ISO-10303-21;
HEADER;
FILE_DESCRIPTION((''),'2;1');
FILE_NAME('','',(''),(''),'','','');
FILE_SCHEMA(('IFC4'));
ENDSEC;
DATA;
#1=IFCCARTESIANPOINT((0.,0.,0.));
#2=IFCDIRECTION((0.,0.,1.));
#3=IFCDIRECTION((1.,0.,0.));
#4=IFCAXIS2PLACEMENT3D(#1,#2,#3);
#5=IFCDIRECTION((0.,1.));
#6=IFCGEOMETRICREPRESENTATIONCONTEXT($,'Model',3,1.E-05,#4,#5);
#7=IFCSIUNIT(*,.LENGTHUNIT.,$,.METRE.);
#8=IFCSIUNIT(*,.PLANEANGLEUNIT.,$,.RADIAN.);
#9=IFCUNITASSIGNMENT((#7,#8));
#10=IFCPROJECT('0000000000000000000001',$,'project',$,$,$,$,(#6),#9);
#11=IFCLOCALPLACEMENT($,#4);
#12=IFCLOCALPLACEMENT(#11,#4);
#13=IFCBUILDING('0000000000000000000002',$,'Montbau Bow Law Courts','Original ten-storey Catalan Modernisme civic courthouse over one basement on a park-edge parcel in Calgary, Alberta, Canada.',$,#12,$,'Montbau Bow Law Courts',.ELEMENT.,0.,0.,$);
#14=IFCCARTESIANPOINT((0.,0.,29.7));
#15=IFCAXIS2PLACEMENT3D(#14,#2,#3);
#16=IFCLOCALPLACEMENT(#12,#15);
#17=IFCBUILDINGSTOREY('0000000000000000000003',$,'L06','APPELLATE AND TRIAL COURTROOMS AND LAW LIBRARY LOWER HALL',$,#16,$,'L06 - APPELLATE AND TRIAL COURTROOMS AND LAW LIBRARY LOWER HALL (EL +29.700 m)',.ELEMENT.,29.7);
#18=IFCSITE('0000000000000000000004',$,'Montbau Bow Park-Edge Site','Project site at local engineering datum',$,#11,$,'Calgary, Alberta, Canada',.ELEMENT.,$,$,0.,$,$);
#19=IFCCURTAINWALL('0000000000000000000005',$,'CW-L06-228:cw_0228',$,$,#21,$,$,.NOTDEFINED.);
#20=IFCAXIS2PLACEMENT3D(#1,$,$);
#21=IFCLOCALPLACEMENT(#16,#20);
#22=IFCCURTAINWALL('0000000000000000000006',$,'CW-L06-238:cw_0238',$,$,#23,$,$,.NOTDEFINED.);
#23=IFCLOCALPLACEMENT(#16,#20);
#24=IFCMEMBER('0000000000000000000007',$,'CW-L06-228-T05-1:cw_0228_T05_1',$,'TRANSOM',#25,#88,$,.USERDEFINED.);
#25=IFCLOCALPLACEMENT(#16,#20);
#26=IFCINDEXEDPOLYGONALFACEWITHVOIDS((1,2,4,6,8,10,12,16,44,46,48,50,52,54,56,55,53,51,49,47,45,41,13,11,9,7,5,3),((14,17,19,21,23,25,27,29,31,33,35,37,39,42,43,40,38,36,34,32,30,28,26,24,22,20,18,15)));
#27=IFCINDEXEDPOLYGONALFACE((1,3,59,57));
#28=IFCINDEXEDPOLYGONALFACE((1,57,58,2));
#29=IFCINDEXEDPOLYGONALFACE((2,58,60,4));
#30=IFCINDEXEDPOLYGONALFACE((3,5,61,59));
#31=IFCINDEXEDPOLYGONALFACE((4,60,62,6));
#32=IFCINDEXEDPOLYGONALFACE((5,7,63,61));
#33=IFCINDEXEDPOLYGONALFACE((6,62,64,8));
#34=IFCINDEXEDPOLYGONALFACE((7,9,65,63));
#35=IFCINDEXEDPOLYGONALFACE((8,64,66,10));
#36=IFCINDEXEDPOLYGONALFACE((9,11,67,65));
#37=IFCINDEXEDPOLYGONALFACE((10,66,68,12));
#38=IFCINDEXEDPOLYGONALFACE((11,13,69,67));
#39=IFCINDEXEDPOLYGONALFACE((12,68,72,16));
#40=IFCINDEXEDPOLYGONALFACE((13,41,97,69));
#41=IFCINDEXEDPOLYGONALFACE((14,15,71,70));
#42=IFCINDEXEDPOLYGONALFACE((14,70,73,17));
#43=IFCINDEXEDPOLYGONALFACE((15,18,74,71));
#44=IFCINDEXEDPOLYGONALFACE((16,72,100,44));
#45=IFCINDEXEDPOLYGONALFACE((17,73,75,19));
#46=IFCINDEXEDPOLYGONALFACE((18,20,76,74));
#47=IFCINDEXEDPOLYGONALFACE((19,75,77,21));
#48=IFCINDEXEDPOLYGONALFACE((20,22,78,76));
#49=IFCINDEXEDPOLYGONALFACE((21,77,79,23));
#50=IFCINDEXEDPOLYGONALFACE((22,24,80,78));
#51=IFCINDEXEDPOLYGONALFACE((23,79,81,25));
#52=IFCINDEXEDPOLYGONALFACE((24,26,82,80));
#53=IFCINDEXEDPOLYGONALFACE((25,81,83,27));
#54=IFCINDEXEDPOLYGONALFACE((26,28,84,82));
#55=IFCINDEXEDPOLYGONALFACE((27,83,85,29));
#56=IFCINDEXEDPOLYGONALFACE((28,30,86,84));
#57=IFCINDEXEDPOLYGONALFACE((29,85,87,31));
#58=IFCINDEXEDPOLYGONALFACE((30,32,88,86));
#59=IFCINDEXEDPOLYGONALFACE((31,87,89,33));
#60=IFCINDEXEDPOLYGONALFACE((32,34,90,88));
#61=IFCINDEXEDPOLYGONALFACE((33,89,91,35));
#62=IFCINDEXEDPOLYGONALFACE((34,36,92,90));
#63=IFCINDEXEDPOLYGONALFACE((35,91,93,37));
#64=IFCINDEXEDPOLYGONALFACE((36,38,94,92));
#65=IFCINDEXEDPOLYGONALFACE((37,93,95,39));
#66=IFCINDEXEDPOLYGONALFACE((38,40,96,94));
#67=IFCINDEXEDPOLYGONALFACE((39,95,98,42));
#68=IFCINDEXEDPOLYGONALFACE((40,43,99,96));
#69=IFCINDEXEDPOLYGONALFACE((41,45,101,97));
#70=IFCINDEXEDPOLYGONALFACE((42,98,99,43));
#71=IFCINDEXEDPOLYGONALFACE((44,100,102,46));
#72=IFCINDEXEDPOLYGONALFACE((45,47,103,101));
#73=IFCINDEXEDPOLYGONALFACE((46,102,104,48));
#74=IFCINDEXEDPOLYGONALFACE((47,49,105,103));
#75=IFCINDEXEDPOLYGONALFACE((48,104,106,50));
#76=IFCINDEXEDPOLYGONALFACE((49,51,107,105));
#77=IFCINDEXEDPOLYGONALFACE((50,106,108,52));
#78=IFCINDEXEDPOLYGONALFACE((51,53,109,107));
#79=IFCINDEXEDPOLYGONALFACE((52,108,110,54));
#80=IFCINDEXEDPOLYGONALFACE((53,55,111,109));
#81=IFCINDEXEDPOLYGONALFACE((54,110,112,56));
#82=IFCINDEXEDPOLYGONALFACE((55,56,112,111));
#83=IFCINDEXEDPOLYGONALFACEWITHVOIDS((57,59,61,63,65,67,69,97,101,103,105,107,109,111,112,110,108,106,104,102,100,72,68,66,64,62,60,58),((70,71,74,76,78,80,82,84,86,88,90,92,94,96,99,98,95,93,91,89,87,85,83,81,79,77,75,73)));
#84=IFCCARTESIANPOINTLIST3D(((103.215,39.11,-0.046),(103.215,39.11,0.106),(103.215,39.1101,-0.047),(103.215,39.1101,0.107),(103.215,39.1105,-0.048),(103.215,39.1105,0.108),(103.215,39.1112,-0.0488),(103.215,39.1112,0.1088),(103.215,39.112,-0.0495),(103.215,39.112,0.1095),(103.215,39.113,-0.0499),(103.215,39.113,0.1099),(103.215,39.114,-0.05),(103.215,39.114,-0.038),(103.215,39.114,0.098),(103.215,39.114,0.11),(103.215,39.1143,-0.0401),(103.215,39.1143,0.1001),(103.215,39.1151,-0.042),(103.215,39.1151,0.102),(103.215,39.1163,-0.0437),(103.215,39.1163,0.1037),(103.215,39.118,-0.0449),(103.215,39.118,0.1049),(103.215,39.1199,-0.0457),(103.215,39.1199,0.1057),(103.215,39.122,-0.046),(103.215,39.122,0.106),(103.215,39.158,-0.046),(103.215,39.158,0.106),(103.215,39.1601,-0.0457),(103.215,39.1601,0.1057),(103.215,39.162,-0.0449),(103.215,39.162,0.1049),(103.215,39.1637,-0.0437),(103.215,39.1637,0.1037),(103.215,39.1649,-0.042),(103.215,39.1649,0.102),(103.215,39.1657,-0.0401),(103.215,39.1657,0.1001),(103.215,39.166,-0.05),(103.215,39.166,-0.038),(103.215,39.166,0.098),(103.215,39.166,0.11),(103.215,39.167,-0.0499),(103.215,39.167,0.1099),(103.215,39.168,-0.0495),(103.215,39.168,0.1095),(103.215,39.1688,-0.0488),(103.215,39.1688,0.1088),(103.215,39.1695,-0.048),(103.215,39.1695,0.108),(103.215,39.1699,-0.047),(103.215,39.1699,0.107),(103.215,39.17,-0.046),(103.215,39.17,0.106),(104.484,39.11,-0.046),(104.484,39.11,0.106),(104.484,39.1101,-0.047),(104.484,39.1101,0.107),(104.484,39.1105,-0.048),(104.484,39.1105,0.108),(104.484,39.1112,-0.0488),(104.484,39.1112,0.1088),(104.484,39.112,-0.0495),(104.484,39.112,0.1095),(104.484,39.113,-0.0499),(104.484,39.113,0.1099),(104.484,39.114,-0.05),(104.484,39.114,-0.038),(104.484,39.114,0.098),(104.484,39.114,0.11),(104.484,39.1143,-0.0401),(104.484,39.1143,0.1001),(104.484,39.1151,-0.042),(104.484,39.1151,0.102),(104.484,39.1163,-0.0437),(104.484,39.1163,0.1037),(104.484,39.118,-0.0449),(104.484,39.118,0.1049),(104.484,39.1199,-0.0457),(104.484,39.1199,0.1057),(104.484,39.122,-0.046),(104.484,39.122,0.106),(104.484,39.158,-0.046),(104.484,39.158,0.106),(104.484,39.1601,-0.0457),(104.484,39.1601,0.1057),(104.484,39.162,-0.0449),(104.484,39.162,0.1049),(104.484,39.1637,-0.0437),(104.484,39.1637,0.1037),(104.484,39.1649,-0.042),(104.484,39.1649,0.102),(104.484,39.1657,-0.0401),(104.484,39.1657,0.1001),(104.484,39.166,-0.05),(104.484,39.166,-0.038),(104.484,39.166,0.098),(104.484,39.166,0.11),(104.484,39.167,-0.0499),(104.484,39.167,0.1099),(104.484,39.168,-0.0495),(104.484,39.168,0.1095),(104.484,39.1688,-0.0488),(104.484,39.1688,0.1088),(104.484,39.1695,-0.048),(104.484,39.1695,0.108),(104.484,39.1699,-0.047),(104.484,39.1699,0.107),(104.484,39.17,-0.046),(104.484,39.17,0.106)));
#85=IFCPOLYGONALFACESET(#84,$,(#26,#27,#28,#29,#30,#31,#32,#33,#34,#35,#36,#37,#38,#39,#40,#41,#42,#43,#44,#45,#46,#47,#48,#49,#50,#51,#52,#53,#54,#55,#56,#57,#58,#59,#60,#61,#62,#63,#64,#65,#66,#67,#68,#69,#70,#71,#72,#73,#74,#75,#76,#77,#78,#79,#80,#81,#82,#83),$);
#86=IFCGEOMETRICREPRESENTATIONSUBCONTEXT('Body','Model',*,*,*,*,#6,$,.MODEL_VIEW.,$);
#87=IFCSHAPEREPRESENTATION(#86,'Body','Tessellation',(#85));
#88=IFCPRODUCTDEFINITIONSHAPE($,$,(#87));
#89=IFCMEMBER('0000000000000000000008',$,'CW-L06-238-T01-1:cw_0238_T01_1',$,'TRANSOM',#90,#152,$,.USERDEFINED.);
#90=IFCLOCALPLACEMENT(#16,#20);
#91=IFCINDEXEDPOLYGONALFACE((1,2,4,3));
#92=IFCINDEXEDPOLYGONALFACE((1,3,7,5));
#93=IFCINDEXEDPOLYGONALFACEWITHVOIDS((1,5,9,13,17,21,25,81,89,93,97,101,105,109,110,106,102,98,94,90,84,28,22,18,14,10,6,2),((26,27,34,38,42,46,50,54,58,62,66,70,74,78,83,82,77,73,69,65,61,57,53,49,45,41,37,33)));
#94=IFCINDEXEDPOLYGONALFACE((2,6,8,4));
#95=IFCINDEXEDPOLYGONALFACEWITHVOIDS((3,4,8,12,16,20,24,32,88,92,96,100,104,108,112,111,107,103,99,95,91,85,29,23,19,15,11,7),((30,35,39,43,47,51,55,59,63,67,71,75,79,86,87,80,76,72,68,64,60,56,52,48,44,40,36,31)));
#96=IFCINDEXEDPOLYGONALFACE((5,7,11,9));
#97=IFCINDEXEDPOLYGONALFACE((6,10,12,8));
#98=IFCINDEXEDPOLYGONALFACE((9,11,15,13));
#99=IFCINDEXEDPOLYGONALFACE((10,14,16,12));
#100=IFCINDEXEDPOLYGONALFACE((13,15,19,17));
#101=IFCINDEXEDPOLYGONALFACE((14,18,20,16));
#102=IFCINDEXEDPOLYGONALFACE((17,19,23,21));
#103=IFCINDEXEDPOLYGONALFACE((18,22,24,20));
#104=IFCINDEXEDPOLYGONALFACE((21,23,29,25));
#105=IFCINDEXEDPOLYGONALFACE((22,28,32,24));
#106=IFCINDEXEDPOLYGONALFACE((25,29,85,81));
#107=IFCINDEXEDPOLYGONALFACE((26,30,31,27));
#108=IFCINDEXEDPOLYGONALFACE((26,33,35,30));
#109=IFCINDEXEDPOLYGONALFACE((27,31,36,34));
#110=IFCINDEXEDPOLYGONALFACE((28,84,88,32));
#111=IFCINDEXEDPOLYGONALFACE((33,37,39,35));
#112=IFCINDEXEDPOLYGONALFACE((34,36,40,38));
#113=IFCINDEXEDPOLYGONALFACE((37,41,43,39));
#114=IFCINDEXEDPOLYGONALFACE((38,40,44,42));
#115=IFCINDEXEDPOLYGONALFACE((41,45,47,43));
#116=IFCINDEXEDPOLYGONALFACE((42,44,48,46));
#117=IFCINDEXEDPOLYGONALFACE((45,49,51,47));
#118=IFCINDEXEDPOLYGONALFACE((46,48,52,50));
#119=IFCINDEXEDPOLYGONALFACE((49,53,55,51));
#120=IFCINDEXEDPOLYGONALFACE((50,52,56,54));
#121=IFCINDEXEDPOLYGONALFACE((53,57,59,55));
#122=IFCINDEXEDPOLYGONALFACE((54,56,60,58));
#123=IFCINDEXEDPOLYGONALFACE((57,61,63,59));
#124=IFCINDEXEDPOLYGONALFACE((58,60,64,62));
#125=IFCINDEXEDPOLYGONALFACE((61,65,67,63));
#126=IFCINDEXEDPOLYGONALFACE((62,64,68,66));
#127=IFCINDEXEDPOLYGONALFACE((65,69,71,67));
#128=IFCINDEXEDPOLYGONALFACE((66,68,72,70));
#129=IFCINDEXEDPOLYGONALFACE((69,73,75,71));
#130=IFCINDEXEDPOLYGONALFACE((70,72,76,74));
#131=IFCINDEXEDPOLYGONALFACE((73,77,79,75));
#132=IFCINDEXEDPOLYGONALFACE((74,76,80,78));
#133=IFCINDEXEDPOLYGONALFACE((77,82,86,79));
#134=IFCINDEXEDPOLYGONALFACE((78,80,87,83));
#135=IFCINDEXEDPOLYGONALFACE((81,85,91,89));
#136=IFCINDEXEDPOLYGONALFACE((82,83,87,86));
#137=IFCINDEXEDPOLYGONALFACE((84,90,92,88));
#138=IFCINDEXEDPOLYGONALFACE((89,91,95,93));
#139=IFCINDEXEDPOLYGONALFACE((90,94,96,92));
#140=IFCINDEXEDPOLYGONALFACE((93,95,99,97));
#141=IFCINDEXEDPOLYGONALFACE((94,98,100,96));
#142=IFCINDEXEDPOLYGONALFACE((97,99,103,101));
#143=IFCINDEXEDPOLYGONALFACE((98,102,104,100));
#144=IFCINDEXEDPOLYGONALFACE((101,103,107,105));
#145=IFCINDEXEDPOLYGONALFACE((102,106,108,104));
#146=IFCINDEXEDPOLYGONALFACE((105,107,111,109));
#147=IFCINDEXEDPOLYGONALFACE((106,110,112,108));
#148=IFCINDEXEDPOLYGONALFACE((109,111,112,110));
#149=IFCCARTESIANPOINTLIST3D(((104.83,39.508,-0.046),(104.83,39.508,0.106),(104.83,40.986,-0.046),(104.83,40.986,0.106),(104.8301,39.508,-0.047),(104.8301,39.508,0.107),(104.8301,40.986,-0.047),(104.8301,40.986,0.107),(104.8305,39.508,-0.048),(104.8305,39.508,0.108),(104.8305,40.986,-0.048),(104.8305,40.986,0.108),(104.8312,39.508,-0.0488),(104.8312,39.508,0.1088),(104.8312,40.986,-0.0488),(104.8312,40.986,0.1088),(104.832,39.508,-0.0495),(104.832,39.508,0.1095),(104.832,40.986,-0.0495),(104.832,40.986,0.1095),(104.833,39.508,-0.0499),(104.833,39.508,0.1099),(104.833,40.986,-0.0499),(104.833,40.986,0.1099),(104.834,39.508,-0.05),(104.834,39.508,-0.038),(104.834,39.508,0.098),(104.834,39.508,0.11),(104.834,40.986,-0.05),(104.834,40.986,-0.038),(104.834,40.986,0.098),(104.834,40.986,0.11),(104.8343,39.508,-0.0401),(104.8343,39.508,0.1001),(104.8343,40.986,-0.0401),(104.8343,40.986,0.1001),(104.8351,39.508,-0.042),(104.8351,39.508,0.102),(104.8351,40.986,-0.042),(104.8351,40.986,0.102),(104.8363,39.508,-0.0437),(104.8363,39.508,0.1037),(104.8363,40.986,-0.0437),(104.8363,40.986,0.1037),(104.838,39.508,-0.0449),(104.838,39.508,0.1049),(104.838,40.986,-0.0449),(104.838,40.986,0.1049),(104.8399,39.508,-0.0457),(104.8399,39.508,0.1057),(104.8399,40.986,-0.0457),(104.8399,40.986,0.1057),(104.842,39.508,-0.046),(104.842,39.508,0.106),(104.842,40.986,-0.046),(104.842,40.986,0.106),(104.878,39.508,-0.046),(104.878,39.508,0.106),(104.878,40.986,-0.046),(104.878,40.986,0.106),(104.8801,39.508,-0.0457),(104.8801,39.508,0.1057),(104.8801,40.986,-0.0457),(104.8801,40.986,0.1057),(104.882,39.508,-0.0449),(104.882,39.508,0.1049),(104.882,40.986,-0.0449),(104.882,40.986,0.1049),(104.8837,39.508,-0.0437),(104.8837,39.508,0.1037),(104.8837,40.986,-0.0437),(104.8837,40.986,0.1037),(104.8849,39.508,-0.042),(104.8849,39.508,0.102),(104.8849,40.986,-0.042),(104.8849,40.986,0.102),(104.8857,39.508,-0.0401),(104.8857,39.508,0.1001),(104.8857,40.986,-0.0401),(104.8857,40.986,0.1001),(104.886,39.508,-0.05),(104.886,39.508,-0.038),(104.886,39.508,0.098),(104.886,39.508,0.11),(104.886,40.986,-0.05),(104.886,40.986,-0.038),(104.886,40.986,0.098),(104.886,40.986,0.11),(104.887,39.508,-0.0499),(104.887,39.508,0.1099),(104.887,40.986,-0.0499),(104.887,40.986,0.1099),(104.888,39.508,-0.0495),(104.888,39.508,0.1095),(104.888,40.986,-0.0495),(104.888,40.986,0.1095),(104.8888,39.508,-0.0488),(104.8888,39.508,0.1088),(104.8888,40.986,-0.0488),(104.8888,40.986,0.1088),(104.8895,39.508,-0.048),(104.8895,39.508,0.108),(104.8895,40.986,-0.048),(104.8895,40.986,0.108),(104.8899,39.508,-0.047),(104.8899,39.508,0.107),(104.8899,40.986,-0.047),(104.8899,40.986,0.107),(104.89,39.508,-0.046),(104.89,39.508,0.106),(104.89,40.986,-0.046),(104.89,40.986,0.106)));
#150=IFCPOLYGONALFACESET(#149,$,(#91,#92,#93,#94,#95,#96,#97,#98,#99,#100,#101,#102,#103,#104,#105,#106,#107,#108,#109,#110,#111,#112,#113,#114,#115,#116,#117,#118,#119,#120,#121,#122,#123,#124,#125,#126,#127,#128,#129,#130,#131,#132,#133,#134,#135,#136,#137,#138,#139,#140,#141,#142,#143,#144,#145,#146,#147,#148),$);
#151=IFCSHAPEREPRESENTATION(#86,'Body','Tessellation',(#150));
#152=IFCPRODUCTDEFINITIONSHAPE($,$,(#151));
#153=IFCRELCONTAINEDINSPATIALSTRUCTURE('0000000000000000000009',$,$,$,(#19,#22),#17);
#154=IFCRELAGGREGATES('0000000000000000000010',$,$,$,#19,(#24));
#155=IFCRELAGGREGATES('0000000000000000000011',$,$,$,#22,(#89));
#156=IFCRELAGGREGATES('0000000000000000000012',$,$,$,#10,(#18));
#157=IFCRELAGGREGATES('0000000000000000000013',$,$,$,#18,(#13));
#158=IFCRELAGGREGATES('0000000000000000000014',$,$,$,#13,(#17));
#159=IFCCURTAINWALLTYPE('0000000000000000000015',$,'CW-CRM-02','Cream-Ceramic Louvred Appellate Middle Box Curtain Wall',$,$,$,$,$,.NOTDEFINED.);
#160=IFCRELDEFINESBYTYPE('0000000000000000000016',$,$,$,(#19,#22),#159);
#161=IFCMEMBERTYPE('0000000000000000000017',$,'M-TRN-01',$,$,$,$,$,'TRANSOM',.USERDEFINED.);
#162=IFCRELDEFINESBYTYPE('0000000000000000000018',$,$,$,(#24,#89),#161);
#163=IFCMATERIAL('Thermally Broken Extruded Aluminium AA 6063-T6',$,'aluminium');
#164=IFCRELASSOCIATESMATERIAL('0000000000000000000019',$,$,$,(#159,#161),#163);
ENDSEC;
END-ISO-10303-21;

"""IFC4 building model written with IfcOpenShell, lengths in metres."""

from ifc_helpers import new_model, si_unit, direction, frame, origin_with_axes, origin_2d_with_axis, place, context, subcontext, project, spatial, hollow_rectangle, extrude, material, material_profile, profile_set, type_object, element, aggregate, save


model = new_model("IFC4")

# Units and contexts
model_context = context("Model", 3, precision=1e-05, world=origin_with_axes(), true_north=direction((0.0, 1.0)))
body_context = subcontext(model_context, "Body", "Model", "MODEL_VIEW")
ifc_project = project(units=[si_unit("LENGTHUNIT", "METRE"), si_unit("PLANEANGLEUNIT", "RADIAN")], contexts=[model_context])

# Site, building, storey
site_placement = place(None, origin_with_axes())
site = spatial("IfcSite", under=ifc_project, at=site_placement, Name="Montbau Bow Park-Edge Site", Description="Project site at local engineering datum", LongName="Calgary, Alberta, Canada", CompositionType="ELEMENT", RefElevation=0.0)
building_placement = place(site_placement, origin_with_axes())
building = spatial("IfcBuilding", under=site, at=building_placement, Name="Montbau Bow Law Courts", Description="Original ten-storey Catalan Modernisme civic courthouse over one basement on a park-edge parcel in Calgary, Alberta, Canada.", LongName="Montbau Bow Law Courts", CompositionType="ELEMENT", ElevationOfRefHeight=0.0, ElevationOfTerrain=0.0)
storey_placement = place(building_placement, frame((0.0, 0.0, 29.7), z_axis=(0.0, 0.0, 1.0), x_axis=(1.0, 0.0, 0.0)))
storey = spatial("IfcBuildingStorey", under=building, at=storey_placement, Name="L06", Description="APPELLATE AND TRIAL COURTROOMS AND LAW LIBRARY LOWER HALL", LongName="L06 - APPELLATE AND TRIAL COURTROOMS AND LAW LIBRARY LOWER HALL (EL +29.700 m)", CompositionType="ELEMENT", Elevation=29.7)

# Curtain wall
ifc_material_1 = material(Name="Thermally Broken Extruded Aluminium AA 6063-T6", Category="aluminium")
curtain_wall_type = type_object("IfcCurtainWallType", Name="CW-CRM-02", Description="Cream-Ceramic Louvred Appellate Middle Box Curtain Wall", PredefinedType="NOTDEFINED", material=ifc_material_1)
curtain_wall_1_placement = place(None, frame((97.64, 39.14, 29.7), z_axis=(0.0, 0.0, 1.0), x_axis=(1.0, 0.0, 0.0)))
curtain_wall_1 = element("IfcCurtainWall", 1, at=curtain_wall_1_placement, inside=storey, type_object=curtain_wall_type, Name="CW-L06-228:cw_0228", PredefinedType="NOTDEFINED")

# Curtain wall
curtain_wall_2_placement = place(None, frame((104.86, 39.44, 29.7), z_axis=(0.0, 0.0, 1.0), x_axis=(1.0, 0.0, 0.0)))
curtain_wall_2 = element("IfcCurtainWall", 2, at=curtain_wall_2_placement, inside=storey, type_object=curtain_wall_type, Name="CW-L06-238:cw_0238", PredefinedType="NOTDEFINED")

# Members
ifc_material_profile_1 = material_profile(ifc_material_1, hollow_rectangle(XDim=0.06, YDim=0.16, WallThickness=0.004, InnerFilletRadius=0.008, OuterFilletRadius=0.004, at=origin_2d_with_axis()), Name="CWT-160X60", Category="Main", Priority=0)
ifc_profile_set_1 = profile_set([ifc_material_profile_1], Name="Thermally Broken Extruded Aluminium AA 6063-T6")
member_type_1 = type_object("IfcMemberType", Name="M-TRN-01", ElementType="TRANSOM", PredefinedType="USERDEFINED", material=ifc_profile_set_1)
member_1_placement = place(None, frame((103.215, 39.14, 29.73), z_axis=(1.0, 0.0, 0.0), x_axis=(0.0, 1.0, 0.0)))
member_1 = element("IfcMember", 3, at=member_1_placement, type_object=member_type_1, Name="CW-L06-228-T05-1:cw_0228_T05_1", ObjectType="TRANSOM", PredefinedType="USERDEFINED", context=body_context, shape_type="SweptSolid", body=[
    extrude(hollow_rectangle(XDim=0.06, YDim=0.16, WallThickness=0.004, InnerFilletRadius=0.008, OuterFilletRadius=0.004, at=origin_2d_with_axis()), origin_with_axes(), (0.0, 0.0, 1.0), 1.269),
])
aggregate(curtain_wall_1, [member_1])
member_2_placement = place(None, frame((104.86, 39.508, 29.73), z_axis=(0.0, 1.0, 0.0), x_axis=(-1.0, 0.0, 0.0)))
member_2 = element("IfcMember", 4, at=member_2_placement, type_object=member_type_1, Name="CW-L06-238-T01-1:cw_0238_T01_1", ObjectType="TRANSOM", PredefinedType="USERDEFINED", context=body_context, shape_type="SweptSolid", body=[
    extrude(hollow_rectangle(XDim=0.06, YDim=0.16, WallThickness=0.004, InnerFilletRadius=0.008, OuterFilletRadius=0.004, at=origin_2d_with_axis()), origin_with_axes(), (0.0, 0.0, 1.0), 1.478),
])
aggregate(curtain_wall_2, [member_2])

save(model, "model.ifc")
